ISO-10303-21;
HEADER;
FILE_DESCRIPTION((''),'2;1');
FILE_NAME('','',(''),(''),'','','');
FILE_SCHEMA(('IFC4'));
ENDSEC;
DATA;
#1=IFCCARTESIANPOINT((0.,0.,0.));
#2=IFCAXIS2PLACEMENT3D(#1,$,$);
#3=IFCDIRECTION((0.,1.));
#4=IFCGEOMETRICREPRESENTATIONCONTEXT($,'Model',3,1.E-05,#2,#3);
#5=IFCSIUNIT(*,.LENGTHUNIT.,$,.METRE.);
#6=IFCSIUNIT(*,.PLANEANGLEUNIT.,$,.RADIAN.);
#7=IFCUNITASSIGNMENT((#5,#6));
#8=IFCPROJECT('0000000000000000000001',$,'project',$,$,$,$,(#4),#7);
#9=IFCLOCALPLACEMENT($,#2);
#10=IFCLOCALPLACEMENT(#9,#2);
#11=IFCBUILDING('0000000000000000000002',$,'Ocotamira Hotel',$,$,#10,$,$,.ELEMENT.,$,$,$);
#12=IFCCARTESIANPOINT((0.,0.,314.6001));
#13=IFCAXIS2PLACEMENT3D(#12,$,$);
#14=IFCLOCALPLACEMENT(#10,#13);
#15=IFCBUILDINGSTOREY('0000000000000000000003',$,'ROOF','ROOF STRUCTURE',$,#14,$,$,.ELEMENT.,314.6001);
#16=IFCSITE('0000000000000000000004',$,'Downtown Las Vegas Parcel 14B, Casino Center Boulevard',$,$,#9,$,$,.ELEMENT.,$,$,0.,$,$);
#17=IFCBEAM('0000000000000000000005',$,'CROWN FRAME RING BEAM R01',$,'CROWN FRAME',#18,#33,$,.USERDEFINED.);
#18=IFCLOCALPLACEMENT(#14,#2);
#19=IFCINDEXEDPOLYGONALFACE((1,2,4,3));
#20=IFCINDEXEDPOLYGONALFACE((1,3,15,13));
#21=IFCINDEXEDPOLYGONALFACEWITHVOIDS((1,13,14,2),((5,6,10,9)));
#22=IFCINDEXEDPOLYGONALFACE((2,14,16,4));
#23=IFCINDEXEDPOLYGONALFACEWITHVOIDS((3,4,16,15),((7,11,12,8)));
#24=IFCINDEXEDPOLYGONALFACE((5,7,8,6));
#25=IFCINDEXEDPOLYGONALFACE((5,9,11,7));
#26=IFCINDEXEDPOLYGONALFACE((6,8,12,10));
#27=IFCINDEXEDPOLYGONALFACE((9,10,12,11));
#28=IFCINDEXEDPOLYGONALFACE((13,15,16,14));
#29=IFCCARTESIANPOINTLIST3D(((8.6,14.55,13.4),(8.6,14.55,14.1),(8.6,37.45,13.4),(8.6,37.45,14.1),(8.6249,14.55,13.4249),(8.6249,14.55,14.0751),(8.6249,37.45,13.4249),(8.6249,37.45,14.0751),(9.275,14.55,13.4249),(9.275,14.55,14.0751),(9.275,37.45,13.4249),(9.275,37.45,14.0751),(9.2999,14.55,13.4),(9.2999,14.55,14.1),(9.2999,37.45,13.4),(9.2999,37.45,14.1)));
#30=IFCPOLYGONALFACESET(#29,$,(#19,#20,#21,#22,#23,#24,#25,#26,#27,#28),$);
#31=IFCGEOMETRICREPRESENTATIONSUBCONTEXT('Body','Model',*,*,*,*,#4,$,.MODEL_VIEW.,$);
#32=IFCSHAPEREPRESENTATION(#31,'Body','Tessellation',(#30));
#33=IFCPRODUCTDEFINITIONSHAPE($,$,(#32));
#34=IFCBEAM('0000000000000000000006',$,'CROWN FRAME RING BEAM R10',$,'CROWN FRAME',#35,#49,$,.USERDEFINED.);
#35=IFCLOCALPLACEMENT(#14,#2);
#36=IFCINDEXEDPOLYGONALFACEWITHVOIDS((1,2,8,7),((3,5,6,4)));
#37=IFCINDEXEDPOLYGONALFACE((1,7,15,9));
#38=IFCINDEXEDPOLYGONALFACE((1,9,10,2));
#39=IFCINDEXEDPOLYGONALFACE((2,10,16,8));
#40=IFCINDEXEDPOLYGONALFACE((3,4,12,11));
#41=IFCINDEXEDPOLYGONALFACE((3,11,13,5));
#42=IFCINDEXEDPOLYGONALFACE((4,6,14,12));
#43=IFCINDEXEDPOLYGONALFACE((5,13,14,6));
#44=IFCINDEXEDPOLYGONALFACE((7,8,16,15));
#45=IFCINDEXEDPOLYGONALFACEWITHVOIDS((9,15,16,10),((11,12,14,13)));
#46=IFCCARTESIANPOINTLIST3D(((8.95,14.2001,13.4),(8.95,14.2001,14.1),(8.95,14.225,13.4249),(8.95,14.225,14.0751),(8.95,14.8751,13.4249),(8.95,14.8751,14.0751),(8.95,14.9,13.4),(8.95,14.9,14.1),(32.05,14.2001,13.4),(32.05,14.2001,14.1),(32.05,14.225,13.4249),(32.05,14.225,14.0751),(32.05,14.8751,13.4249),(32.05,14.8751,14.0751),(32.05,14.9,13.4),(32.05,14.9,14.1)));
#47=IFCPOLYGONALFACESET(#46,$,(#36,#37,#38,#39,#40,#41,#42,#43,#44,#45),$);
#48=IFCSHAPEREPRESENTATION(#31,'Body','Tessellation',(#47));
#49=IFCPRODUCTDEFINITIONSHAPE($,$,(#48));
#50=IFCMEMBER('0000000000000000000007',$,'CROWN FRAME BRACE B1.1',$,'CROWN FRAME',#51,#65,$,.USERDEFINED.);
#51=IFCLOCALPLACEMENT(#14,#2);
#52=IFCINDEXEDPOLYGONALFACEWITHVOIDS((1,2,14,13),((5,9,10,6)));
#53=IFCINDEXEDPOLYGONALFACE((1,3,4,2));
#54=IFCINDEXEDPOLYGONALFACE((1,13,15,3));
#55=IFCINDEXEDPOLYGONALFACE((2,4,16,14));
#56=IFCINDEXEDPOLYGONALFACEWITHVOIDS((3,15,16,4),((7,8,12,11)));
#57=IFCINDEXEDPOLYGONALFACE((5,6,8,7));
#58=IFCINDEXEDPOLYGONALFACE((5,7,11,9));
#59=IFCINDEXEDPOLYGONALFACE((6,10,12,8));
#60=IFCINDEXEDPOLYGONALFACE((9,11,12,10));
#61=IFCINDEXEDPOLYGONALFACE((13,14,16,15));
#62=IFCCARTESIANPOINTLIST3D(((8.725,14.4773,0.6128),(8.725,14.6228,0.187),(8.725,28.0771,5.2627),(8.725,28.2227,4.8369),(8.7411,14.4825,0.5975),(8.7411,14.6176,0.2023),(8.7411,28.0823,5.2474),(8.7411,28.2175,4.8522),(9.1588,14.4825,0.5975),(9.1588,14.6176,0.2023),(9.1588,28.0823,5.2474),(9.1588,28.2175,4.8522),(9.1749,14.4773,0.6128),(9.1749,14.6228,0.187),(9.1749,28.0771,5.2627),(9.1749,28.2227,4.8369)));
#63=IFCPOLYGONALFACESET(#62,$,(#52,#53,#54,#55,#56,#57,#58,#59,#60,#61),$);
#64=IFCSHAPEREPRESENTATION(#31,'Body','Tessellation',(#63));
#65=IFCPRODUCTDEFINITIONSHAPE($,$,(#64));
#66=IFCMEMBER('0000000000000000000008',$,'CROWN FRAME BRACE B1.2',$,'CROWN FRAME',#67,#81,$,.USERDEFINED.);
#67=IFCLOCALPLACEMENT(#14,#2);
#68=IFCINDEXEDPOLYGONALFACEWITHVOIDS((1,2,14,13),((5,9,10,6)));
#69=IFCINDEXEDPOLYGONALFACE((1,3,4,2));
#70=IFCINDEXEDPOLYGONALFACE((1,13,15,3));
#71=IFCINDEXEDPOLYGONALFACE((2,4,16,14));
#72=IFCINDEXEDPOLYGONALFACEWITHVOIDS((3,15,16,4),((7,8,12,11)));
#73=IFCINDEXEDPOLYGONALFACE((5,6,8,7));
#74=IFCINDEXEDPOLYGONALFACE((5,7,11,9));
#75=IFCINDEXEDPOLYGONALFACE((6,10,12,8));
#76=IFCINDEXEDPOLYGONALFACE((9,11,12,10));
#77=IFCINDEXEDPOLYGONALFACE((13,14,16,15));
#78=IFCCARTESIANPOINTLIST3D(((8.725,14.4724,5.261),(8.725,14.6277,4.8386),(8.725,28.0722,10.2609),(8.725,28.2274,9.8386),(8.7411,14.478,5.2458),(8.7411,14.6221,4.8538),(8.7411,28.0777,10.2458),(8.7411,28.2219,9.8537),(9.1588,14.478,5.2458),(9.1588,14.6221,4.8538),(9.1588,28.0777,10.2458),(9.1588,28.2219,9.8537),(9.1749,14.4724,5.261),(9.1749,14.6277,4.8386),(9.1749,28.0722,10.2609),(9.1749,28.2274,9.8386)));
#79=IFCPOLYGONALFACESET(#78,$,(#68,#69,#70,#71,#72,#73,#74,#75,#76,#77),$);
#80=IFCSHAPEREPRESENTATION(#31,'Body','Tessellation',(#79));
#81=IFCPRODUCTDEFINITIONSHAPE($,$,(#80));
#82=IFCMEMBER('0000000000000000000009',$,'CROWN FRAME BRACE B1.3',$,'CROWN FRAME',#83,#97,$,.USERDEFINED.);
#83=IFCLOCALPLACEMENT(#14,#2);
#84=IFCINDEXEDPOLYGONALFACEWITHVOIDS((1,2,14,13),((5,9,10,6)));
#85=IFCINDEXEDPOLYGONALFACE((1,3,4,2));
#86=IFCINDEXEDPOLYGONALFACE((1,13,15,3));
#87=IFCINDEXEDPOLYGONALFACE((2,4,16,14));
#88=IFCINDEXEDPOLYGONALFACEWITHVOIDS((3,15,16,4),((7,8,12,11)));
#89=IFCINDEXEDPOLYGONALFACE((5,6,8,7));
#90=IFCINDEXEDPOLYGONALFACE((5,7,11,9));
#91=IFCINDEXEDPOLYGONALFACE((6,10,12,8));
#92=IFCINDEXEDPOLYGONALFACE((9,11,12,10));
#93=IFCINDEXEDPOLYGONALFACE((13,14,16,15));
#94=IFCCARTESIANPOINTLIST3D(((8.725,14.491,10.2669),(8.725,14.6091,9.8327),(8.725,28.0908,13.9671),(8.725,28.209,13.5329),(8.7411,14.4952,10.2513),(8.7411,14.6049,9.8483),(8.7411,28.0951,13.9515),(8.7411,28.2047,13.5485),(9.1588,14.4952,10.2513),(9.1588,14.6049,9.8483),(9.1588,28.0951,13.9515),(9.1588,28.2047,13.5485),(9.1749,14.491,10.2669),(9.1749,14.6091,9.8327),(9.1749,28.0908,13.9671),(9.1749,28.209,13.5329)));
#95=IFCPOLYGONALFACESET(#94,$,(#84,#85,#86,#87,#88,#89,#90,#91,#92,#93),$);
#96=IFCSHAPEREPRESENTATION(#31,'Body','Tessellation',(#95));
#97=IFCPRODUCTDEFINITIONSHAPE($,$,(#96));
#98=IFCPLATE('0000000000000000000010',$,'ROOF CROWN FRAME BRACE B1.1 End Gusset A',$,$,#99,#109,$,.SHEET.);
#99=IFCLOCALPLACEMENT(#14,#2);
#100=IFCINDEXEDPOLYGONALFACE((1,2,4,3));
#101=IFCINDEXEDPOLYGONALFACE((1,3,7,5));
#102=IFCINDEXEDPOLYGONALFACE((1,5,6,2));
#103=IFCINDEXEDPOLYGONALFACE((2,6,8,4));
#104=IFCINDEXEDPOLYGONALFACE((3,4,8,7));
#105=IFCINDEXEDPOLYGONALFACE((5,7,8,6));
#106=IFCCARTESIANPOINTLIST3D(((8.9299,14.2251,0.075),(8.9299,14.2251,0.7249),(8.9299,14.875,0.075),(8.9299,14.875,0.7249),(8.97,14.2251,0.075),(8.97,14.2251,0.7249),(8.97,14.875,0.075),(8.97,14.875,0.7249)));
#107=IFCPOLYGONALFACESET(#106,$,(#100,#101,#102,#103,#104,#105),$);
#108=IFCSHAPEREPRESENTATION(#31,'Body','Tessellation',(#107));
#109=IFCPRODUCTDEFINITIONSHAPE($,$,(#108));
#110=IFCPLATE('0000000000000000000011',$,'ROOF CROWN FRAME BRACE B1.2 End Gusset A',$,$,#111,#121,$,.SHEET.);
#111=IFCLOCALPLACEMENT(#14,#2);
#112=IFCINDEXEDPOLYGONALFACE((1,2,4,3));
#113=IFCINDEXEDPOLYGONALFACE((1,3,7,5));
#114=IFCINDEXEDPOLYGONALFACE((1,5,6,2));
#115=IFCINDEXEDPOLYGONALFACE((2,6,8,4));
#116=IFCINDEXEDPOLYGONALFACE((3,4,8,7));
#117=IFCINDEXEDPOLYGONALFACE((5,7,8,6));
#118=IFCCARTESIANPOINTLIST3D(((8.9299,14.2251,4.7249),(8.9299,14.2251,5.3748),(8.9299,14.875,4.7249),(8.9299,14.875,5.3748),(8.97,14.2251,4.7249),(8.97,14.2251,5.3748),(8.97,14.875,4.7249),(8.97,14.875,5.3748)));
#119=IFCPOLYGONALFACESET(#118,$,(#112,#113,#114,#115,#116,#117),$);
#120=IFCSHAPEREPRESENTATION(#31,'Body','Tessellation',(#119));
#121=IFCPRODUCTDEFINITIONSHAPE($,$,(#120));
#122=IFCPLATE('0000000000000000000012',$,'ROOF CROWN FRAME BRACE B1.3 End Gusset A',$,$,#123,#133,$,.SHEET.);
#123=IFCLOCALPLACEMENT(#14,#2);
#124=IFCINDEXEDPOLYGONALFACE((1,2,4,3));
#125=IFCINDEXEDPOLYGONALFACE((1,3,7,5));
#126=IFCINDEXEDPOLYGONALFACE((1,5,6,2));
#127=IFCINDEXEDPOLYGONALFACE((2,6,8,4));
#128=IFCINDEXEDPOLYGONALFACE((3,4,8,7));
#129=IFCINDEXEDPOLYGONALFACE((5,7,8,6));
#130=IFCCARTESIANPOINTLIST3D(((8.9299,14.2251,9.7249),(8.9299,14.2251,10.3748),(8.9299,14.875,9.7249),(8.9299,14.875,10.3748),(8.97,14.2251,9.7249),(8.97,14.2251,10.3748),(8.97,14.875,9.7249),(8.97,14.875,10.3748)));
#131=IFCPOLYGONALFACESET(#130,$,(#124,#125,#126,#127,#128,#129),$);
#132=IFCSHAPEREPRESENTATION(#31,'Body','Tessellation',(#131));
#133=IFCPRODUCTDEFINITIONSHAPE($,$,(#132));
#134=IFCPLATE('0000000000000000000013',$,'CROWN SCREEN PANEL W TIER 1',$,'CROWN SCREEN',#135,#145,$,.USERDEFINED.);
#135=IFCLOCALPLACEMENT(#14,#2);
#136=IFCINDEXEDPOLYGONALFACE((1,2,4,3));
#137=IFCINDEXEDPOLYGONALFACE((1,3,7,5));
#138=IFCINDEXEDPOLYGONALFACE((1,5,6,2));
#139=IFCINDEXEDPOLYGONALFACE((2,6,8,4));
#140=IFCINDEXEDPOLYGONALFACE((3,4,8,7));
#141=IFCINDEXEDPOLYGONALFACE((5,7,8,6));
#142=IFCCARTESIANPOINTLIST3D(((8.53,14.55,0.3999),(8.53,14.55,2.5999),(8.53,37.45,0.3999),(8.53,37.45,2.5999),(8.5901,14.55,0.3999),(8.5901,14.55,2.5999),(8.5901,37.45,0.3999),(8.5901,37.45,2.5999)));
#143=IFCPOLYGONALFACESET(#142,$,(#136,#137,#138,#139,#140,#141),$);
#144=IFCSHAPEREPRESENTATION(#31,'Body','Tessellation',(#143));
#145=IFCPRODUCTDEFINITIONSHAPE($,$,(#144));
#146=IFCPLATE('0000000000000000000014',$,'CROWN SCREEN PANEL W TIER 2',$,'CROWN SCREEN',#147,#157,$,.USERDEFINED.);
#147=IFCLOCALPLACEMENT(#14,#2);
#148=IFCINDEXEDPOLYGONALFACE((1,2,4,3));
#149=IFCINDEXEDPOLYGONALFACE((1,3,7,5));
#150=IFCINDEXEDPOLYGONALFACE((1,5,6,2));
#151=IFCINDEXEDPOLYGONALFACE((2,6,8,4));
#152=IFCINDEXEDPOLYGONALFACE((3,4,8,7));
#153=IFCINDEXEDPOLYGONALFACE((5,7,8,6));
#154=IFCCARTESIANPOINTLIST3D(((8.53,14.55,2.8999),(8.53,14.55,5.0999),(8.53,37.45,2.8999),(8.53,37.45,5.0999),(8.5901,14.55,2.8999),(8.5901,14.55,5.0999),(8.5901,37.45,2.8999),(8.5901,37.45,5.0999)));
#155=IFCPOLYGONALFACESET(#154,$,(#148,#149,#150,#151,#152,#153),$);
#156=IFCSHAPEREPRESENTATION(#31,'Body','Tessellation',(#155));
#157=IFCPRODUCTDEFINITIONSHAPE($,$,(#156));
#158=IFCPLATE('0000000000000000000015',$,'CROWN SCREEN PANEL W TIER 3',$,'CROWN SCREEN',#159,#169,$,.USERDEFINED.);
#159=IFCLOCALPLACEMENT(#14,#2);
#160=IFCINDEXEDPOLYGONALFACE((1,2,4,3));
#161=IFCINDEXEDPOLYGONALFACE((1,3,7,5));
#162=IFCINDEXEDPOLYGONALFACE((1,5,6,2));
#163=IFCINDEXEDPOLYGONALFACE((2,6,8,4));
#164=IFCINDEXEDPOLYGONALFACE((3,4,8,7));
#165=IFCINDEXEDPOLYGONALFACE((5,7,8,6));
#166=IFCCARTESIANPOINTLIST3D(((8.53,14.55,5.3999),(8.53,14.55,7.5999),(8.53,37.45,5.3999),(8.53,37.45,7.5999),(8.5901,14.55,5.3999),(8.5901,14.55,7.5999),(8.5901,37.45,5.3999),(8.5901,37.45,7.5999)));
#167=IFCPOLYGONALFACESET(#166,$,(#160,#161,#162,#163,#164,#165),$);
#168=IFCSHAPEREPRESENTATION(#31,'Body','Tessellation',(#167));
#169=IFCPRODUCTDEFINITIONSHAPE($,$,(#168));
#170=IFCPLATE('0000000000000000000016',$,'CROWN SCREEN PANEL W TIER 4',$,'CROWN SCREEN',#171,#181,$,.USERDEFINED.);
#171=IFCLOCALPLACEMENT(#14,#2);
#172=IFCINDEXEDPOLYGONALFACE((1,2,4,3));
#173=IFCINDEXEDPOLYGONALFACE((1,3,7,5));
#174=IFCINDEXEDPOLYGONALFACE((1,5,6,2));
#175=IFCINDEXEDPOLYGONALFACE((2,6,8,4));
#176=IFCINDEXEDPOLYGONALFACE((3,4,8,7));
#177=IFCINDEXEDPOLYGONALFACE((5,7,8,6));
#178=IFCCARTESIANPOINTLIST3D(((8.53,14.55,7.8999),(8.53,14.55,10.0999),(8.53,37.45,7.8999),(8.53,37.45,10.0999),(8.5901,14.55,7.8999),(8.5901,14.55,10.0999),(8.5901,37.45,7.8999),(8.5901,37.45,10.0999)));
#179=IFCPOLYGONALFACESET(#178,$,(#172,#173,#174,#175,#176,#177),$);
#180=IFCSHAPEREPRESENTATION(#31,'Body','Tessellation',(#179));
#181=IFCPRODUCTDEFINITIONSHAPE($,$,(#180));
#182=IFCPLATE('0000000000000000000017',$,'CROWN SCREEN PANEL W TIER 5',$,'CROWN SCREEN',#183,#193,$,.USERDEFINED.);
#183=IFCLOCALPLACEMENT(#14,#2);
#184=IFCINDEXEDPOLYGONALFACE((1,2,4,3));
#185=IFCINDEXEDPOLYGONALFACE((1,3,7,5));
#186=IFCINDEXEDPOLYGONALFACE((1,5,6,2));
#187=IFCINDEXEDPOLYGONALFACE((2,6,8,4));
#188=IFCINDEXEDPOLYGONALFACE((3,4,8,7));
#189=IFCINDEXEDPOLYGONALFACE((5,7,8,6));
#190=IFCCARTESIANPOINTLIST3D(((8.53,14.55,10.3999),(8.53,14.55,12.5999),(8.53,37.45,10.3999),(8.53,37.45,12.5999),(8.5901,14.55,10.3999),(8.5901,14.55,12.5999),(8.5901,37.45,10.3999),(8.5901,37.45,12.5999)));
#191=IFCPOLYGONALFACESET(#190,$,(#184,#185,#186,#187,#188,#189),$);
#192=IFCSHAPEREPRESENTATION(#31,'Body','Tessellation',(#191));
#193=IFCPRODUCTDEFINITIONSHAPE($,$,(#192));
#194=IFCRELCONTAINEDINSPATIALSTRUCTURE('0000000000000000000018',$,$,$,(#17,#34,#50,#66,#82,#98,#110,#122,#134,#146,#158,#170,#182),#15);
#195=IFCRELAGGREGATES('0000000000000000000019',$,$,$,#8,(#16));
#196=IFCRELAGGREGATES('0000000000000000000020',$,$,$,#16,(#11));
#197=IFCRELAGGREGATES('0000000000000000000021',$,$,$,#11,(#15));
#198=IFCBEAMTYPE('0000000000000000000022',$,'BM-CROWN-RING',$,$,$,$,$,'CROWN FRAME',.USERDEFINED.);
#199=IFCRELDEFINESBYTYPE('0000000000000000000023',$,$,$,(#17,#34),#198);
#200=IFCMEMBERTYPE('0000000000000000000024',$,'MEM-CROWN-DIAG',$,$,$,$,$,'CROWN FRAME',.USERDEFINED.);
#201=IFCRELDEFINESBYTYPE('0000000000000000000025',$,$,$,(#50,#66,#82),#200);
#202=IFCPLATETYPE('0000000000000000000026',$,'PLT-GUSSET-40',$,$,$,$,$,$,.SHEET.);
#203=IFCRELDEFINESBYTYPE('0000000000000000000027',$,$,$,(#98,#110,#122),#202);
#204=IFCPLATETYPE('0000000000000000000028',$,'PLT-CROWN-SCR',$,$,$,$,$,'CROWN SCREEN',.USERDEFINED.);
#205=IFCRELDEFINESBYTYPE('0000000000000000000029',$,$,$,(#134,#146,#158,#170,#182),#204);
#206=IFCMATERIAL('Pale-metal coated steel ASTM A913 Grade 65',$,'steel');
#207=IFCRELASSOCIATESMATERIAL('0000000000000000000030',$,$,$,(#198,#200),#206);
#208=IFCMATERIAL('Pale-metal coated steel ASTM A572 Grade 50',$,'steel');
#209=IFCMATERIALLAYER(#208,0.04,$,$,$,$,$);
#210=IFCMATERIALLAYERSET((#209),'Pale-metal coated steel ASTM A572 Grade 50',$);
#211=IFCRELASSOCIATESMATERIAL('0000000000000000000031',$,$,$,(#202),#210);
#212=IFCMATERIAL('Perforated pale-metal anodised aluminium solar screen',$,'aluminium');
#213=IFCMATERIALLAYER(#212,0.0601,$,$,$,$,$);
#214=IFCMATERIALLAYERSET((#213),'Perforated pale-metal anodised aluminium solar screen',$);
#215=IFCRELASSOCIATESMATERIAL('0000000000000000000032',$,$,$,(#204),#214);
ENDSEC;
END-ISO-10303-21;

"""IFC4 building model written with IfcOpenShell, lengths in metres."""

from ifc_helpers import new_model, si_unit, direction, frame, origin, origin_2d, place, context, subcontext, project, spatial, rectangle, hollow_rectangle, extrude, source, transform, mapped, material, layer, layer_set, material_profile, profile_set, type_object, element, save


model = new_model("IFC4")

# Units and contexts
model_context = context("Model", 3, precision=1e-05, world=origin(), true_north=direction((0.0, 1.0)))
body_context = subcontext(model_context, "Body", "Model", "MODEL_VIEW")
ifc_project = project(units=[si_unit("LENGTHUNIT", "METRE"), si_unit("PLANEANGLEUNIT", "RADIAN")], contexts=[model_context])

# Site, building, storey
site_placement = place(None, origin())
site = spatial("IfcSite", under=ifc_project, at=site_placement, Name="Downtown Las Vegas Parcel 14B, Casino Center Boulevard", CompositionType="ELEMENT", RefElevation=0.0)
building_placement = place(site_placement, origin())
building = spatial("IfcBuilding", under=site, at=building_placement, Name="Ocotamira Hotel", CompositionType="ELEMENT")
storey_placement = place(building_placement, frame((0.0, 0.0, 314.6001)))
storey = spatial("IfcBuildingStorey", under=building, at=storey_placement, Name="ROOF", Description="ROOF STRUCTURE", CompositionType="ELEMENT", Elevation=314.6001)

# Shared definitions
ifc_material_1 = material(Name="Pale-metal coated steel ASTM A913 Grade 65", Category="steel")

# Beams
ifc_material_profile_1 = material_profile(ifc_material_1, hollow_rectangle(XDim=0.7, YDim=0.7, WallThickness=0.0249, at=origin_2d()), Name="BOX700X700X25")
ifc_profile_set_1 = profile_set([ifc_material_profile_1], Name="Pale-metal coated steel ASTM A913 Grade 65")
beam_type = type_object("IfcBeamType", Name="BM-CROWN-RING", ElementType="CROWN FRAME", PredefinedType="USERDEFINED", material=ifc_profile_set_1)
shared_shape_1 = source(origin(), body_context, "Body", "SweptSolid", [
    extrude(hollow_rectangle(XDim=0.7, YDim=0.7, WallThickness=0.0249, at=origin_2d()), origin(), (0.0, 0.0, 1.0), 22.8999),
])
for number, where, z_axis, x_axis, name in (
    (1, (8.95, 14.55, 13.75), (0.0, 1.0, 0.0), (-1.0, 0.0, 0.0), "CROWN FRAME RING BEAM R01"),
):
    element("IfcBeam", number, at=place(storey_placement, frame(where, z_axis=z_axis, x_axis=x_axis)), inside=storey, type_object=beam_type, Name=name, ObjectType="CROWN FRAME", PredefinedType="USERDEFINED", context=body_context, shape_type="MappedRepresentation", body=[
        mapped(shared_shape_1, transform((0.0, 0.0, 0.0), scale=1.0)),
    ])
shared_shape_2 = source(origin(), body_context, "Body", "SweptSolid", [
    extrude(hollow_rectangle(XDim=0.7, YDim=0.7, WallThickness=0.0249, at=origin_2d()), origin(), (0.0, 0.0, 1.0), 23.1001),
])
beam_placement = place(storey_placement, frame((8.95, 14.55, 13.75), z_axis=(1.0, 0.0, 0.0), x_axis=(0.0, 1.0, 0.0)))
element("IfcBeam", 2, at=beam_placement, inside=storey, type_object=beam_type, Name="CROWN FRAME RING BEAM R10", ObjectType="CROWN FRAME", PredefinedType="USERDEFINED", context=body_context, shape_type="MappedRepresentation", body=[
    mapped(shared_shape_2, transform((0.0, 0.0, 0.0), scale=1.0)),
])

# Members
ifc_material_profile_2 = material_profile(ifc_material_1, hollow_rectangle(XDim=0.45, YDim=0.45, WallThickness=0.0161, at=origin_2d()), Name="HSS450X450X16")
ifc_profile_set_2 = profile_set([ifc_material_profile_2], Name="Pale-metal coated steel ASTM A913 Grade 65")
member_type = type_object("IfcMemberType", Name="MEM-CROWN-DIAG", ElementType="CROWN FRAME", PredefinedType="USERDEFINED", material=ifc_profile_set_2)
shared_shape_3 = source(origin(), body_context, "Body", "SweptSolid", [
    extrude(hollow_rectangle(XDim=0.45, YDim=0.45, WallThickness=0.0161, at=origin_2d()), origin(), (0.0, 0.0, 1.0), 14.3728),
])
member_1_placement = place(storey_placement, frame((8.95, 14.55, 0.3999), z_axis=(0.0, 0.946221, 0.323521), x_axis=(-1.0, 0.0, 0.0)))
element("IfcMember", 3, at=member_1_placement, inside=storey, type_object=member_type, Name="CROWN FRAME BRACE B1.1", ObjectType="CROWN FRAME", PredefinedType="USERDEFINED", context=body_context, shape_type="MappedRepresentation", body=[
    mapped(shared_shape_3, transform((0.0, 0.0, 0.0), scale=1.0)),
])
shared_shape_4 = source(origin(), body_context, "Body", "SweptSolid", [
    extrude(hollow_rectangle(XDim=0.45, YDim=0.45, WallThickness=0.0161, at=origin_2d()), origin(), (0.0, 0.0, 1.0), 14.4897),
])
member_2_placement = place(storey_placement, frame((8.95, 14.55, 5.0498), z_axis=(0.0, 0.938577, 0.345069), x_axis=(-1.0, 0.0, 0.0)))
element("IfcMember", 4, at=member_2_placement, inside=storey, type_object=member_type, Name="CROWN FRAME BRACE B1.2", ObjectType="CROWN FRAME", PredefinedType="USERDEFINED", context=body_context, shape_type="MappedRepresentation", body=[
    mapped(shared_shape_4, transform((0.0, 0.0, 0.0), scale=1.0)),
])
shared_shape_5 = source(origin(), body_context, "Body", "SweptSolid", [
    extrude(hollow_rectangle(XDim=0.45, YDim=0.45, WallThickness=0.0161, at=origin_2d()), origin(), (0.0, 0.0, 1.0), 14.0942),
])
member_3_placement = place(storey_placement, frame((8.95, 14.55, 10.0498), z_axis=(0.0, 0.964923, 0.262533), x_axis=(-1.0, 0.0, 0.0)))
element("IfcMember", 5, at=member_3_placement, inside=storey, type_object=member_type, Name="CROWN FRAME BRACE B1.3", ObjectType="CROWN FRAME", PredefinedType="USERDEFINED", context=body_context, shape_type="MappedRepresentation", body=[
    mapped(shared_shape_5, transform((0.0, 0.0, 0.0), scale=1.0)),
])

# Plates
ifc_material_2 = material(Name="Pale-metal coated steel ASTM A572 Grade 50", Category="steel")
ifc_layer_1 = layer(ifc_material_2, 0.04)
ifc_layer_set_1 = layer_set([ifc_layer_1], Name="Pale-metal coated steel ASTM A572 Grade 50")
plate_type_1 = type_object("IfcPlateType", Name="PLT-GUSSET-40", PredefinedType="SHEET", material=ifc_layer_set_1)
shared_shape_6 = source(origin(), body_context, "Body", "SweptSolid", [
    extrude(rectangle(XDim=0.04, YDim=0.6499, at=origin_2d()), origin(), (0.0, 0.0, 1.0), 0.6499),
])
for number, where, z_axis, x_axis, name in (
    (6, (8.95, 14.55, 0.075), (0.0, 0.0, 1.0), (1.0, 0.0, 0.0), "ROOF CROWN FRAME BRACE B1.1 End Gusset A"),
    (7, (8.95, 14.55, 4.7249), (0.0, 0.0, 1.0), (1.0, 0.0, 0.0), "ROOF CROWN FRAME BRACE B1.2 End Gusset A"),
    (8, (8.95, 14.55, 9.7249), (0.0, 0.0, 1.0), (1.0, 0.0, 0.0), "ROOF CROWN FRAME BRACE B1.3 End Gusset A"),
):
    element("IfcPlate", number, at=place(storey_placement, frame(where, z_axis=z_axis, x_axis=x_axis)), inside=storey, type_object=plate_type_1, Name=name, PredefinedType="SHEET", context=body_context, shape_type="MappedRepresentation", body=[
        mapped(shared_shape_6, transform((0.0, 0.0, 0.0), scale=1.0)),
    ])
ifc_material_3 = material(Name="Perforated pale-metal anodised aluminium solar screen", Category="aluminium")
ifc_layer_2 = layer(ifc_material_3, 0.0601)
ifc_layer_set_2 = layer_set([ifc_layer_2], Name="Perforated pale-metal anodised aluminium solar screen")
plate_type_2 = type_object("IfcPlateType", Name="PLT-CROWN-SCR", ElementType="CROWN SCREEN", PredefinedType="USERDEFINED", material=ifc_layer_set_2)
shared_shape_7 = source(origin(), body_context, "Body", "SweptSolid", [
    extrude(rectangle(XDim=22.8999, YDim=0.0601, at=origin_2d()), origin(), (0.0, 0.0, 1.0), 2.2),
])
for number, where, z_axis, x_axis, name in (
    (9, (8.5601, 26.0, 0.3999), (0.0, 0.0, 1.0), (0.0, 1.0, 0.0), "CROWN SCREEN PANEL W TIER 1"),
    (10, (8.5601, 26.0, 2.8999), (0.0, 0.0, 1.0), (0.0, 1.0, 0.0), "CROWN SCREEN PANEL W TIER 2"),
    (11, (8.5601, 26.0, 5.3999), (0.0, 0.0, 1.0), (0.0, 1.0, 0.0), "CROWN SCREEN PANEL W TIER 3"),
    (12, (8.5601, 26.0, 7.8999), (0.0, 0.0, 1.0), (0.0, 1.0, 0.0), "CROWN SCREEN PANEL W TIER 4"),
    (13, (8.5601, 26.0, 10.3999), (0.0, 0.0, 1.0), (0.0, 1.0, 0.0), "CROWN SCREEN PANEL W TIER 5"),
):
    element("IfcPlate", number, at=place(storey_placement, frame(where, z_axis=z_axis, x_axis=x_axis)), inside=storey, type_object=plate_type_2, Name=name, ObjectType="CROWN SCREEN", PredefinedType="USERDEFINED", context=body_context, shape_type="MappedRepresentation", body=[
        mapped(shared_shape_7, transform((0.0, 0.0, 0.0), scale=1.0)),
    ])

save(model, "model.ifc")
